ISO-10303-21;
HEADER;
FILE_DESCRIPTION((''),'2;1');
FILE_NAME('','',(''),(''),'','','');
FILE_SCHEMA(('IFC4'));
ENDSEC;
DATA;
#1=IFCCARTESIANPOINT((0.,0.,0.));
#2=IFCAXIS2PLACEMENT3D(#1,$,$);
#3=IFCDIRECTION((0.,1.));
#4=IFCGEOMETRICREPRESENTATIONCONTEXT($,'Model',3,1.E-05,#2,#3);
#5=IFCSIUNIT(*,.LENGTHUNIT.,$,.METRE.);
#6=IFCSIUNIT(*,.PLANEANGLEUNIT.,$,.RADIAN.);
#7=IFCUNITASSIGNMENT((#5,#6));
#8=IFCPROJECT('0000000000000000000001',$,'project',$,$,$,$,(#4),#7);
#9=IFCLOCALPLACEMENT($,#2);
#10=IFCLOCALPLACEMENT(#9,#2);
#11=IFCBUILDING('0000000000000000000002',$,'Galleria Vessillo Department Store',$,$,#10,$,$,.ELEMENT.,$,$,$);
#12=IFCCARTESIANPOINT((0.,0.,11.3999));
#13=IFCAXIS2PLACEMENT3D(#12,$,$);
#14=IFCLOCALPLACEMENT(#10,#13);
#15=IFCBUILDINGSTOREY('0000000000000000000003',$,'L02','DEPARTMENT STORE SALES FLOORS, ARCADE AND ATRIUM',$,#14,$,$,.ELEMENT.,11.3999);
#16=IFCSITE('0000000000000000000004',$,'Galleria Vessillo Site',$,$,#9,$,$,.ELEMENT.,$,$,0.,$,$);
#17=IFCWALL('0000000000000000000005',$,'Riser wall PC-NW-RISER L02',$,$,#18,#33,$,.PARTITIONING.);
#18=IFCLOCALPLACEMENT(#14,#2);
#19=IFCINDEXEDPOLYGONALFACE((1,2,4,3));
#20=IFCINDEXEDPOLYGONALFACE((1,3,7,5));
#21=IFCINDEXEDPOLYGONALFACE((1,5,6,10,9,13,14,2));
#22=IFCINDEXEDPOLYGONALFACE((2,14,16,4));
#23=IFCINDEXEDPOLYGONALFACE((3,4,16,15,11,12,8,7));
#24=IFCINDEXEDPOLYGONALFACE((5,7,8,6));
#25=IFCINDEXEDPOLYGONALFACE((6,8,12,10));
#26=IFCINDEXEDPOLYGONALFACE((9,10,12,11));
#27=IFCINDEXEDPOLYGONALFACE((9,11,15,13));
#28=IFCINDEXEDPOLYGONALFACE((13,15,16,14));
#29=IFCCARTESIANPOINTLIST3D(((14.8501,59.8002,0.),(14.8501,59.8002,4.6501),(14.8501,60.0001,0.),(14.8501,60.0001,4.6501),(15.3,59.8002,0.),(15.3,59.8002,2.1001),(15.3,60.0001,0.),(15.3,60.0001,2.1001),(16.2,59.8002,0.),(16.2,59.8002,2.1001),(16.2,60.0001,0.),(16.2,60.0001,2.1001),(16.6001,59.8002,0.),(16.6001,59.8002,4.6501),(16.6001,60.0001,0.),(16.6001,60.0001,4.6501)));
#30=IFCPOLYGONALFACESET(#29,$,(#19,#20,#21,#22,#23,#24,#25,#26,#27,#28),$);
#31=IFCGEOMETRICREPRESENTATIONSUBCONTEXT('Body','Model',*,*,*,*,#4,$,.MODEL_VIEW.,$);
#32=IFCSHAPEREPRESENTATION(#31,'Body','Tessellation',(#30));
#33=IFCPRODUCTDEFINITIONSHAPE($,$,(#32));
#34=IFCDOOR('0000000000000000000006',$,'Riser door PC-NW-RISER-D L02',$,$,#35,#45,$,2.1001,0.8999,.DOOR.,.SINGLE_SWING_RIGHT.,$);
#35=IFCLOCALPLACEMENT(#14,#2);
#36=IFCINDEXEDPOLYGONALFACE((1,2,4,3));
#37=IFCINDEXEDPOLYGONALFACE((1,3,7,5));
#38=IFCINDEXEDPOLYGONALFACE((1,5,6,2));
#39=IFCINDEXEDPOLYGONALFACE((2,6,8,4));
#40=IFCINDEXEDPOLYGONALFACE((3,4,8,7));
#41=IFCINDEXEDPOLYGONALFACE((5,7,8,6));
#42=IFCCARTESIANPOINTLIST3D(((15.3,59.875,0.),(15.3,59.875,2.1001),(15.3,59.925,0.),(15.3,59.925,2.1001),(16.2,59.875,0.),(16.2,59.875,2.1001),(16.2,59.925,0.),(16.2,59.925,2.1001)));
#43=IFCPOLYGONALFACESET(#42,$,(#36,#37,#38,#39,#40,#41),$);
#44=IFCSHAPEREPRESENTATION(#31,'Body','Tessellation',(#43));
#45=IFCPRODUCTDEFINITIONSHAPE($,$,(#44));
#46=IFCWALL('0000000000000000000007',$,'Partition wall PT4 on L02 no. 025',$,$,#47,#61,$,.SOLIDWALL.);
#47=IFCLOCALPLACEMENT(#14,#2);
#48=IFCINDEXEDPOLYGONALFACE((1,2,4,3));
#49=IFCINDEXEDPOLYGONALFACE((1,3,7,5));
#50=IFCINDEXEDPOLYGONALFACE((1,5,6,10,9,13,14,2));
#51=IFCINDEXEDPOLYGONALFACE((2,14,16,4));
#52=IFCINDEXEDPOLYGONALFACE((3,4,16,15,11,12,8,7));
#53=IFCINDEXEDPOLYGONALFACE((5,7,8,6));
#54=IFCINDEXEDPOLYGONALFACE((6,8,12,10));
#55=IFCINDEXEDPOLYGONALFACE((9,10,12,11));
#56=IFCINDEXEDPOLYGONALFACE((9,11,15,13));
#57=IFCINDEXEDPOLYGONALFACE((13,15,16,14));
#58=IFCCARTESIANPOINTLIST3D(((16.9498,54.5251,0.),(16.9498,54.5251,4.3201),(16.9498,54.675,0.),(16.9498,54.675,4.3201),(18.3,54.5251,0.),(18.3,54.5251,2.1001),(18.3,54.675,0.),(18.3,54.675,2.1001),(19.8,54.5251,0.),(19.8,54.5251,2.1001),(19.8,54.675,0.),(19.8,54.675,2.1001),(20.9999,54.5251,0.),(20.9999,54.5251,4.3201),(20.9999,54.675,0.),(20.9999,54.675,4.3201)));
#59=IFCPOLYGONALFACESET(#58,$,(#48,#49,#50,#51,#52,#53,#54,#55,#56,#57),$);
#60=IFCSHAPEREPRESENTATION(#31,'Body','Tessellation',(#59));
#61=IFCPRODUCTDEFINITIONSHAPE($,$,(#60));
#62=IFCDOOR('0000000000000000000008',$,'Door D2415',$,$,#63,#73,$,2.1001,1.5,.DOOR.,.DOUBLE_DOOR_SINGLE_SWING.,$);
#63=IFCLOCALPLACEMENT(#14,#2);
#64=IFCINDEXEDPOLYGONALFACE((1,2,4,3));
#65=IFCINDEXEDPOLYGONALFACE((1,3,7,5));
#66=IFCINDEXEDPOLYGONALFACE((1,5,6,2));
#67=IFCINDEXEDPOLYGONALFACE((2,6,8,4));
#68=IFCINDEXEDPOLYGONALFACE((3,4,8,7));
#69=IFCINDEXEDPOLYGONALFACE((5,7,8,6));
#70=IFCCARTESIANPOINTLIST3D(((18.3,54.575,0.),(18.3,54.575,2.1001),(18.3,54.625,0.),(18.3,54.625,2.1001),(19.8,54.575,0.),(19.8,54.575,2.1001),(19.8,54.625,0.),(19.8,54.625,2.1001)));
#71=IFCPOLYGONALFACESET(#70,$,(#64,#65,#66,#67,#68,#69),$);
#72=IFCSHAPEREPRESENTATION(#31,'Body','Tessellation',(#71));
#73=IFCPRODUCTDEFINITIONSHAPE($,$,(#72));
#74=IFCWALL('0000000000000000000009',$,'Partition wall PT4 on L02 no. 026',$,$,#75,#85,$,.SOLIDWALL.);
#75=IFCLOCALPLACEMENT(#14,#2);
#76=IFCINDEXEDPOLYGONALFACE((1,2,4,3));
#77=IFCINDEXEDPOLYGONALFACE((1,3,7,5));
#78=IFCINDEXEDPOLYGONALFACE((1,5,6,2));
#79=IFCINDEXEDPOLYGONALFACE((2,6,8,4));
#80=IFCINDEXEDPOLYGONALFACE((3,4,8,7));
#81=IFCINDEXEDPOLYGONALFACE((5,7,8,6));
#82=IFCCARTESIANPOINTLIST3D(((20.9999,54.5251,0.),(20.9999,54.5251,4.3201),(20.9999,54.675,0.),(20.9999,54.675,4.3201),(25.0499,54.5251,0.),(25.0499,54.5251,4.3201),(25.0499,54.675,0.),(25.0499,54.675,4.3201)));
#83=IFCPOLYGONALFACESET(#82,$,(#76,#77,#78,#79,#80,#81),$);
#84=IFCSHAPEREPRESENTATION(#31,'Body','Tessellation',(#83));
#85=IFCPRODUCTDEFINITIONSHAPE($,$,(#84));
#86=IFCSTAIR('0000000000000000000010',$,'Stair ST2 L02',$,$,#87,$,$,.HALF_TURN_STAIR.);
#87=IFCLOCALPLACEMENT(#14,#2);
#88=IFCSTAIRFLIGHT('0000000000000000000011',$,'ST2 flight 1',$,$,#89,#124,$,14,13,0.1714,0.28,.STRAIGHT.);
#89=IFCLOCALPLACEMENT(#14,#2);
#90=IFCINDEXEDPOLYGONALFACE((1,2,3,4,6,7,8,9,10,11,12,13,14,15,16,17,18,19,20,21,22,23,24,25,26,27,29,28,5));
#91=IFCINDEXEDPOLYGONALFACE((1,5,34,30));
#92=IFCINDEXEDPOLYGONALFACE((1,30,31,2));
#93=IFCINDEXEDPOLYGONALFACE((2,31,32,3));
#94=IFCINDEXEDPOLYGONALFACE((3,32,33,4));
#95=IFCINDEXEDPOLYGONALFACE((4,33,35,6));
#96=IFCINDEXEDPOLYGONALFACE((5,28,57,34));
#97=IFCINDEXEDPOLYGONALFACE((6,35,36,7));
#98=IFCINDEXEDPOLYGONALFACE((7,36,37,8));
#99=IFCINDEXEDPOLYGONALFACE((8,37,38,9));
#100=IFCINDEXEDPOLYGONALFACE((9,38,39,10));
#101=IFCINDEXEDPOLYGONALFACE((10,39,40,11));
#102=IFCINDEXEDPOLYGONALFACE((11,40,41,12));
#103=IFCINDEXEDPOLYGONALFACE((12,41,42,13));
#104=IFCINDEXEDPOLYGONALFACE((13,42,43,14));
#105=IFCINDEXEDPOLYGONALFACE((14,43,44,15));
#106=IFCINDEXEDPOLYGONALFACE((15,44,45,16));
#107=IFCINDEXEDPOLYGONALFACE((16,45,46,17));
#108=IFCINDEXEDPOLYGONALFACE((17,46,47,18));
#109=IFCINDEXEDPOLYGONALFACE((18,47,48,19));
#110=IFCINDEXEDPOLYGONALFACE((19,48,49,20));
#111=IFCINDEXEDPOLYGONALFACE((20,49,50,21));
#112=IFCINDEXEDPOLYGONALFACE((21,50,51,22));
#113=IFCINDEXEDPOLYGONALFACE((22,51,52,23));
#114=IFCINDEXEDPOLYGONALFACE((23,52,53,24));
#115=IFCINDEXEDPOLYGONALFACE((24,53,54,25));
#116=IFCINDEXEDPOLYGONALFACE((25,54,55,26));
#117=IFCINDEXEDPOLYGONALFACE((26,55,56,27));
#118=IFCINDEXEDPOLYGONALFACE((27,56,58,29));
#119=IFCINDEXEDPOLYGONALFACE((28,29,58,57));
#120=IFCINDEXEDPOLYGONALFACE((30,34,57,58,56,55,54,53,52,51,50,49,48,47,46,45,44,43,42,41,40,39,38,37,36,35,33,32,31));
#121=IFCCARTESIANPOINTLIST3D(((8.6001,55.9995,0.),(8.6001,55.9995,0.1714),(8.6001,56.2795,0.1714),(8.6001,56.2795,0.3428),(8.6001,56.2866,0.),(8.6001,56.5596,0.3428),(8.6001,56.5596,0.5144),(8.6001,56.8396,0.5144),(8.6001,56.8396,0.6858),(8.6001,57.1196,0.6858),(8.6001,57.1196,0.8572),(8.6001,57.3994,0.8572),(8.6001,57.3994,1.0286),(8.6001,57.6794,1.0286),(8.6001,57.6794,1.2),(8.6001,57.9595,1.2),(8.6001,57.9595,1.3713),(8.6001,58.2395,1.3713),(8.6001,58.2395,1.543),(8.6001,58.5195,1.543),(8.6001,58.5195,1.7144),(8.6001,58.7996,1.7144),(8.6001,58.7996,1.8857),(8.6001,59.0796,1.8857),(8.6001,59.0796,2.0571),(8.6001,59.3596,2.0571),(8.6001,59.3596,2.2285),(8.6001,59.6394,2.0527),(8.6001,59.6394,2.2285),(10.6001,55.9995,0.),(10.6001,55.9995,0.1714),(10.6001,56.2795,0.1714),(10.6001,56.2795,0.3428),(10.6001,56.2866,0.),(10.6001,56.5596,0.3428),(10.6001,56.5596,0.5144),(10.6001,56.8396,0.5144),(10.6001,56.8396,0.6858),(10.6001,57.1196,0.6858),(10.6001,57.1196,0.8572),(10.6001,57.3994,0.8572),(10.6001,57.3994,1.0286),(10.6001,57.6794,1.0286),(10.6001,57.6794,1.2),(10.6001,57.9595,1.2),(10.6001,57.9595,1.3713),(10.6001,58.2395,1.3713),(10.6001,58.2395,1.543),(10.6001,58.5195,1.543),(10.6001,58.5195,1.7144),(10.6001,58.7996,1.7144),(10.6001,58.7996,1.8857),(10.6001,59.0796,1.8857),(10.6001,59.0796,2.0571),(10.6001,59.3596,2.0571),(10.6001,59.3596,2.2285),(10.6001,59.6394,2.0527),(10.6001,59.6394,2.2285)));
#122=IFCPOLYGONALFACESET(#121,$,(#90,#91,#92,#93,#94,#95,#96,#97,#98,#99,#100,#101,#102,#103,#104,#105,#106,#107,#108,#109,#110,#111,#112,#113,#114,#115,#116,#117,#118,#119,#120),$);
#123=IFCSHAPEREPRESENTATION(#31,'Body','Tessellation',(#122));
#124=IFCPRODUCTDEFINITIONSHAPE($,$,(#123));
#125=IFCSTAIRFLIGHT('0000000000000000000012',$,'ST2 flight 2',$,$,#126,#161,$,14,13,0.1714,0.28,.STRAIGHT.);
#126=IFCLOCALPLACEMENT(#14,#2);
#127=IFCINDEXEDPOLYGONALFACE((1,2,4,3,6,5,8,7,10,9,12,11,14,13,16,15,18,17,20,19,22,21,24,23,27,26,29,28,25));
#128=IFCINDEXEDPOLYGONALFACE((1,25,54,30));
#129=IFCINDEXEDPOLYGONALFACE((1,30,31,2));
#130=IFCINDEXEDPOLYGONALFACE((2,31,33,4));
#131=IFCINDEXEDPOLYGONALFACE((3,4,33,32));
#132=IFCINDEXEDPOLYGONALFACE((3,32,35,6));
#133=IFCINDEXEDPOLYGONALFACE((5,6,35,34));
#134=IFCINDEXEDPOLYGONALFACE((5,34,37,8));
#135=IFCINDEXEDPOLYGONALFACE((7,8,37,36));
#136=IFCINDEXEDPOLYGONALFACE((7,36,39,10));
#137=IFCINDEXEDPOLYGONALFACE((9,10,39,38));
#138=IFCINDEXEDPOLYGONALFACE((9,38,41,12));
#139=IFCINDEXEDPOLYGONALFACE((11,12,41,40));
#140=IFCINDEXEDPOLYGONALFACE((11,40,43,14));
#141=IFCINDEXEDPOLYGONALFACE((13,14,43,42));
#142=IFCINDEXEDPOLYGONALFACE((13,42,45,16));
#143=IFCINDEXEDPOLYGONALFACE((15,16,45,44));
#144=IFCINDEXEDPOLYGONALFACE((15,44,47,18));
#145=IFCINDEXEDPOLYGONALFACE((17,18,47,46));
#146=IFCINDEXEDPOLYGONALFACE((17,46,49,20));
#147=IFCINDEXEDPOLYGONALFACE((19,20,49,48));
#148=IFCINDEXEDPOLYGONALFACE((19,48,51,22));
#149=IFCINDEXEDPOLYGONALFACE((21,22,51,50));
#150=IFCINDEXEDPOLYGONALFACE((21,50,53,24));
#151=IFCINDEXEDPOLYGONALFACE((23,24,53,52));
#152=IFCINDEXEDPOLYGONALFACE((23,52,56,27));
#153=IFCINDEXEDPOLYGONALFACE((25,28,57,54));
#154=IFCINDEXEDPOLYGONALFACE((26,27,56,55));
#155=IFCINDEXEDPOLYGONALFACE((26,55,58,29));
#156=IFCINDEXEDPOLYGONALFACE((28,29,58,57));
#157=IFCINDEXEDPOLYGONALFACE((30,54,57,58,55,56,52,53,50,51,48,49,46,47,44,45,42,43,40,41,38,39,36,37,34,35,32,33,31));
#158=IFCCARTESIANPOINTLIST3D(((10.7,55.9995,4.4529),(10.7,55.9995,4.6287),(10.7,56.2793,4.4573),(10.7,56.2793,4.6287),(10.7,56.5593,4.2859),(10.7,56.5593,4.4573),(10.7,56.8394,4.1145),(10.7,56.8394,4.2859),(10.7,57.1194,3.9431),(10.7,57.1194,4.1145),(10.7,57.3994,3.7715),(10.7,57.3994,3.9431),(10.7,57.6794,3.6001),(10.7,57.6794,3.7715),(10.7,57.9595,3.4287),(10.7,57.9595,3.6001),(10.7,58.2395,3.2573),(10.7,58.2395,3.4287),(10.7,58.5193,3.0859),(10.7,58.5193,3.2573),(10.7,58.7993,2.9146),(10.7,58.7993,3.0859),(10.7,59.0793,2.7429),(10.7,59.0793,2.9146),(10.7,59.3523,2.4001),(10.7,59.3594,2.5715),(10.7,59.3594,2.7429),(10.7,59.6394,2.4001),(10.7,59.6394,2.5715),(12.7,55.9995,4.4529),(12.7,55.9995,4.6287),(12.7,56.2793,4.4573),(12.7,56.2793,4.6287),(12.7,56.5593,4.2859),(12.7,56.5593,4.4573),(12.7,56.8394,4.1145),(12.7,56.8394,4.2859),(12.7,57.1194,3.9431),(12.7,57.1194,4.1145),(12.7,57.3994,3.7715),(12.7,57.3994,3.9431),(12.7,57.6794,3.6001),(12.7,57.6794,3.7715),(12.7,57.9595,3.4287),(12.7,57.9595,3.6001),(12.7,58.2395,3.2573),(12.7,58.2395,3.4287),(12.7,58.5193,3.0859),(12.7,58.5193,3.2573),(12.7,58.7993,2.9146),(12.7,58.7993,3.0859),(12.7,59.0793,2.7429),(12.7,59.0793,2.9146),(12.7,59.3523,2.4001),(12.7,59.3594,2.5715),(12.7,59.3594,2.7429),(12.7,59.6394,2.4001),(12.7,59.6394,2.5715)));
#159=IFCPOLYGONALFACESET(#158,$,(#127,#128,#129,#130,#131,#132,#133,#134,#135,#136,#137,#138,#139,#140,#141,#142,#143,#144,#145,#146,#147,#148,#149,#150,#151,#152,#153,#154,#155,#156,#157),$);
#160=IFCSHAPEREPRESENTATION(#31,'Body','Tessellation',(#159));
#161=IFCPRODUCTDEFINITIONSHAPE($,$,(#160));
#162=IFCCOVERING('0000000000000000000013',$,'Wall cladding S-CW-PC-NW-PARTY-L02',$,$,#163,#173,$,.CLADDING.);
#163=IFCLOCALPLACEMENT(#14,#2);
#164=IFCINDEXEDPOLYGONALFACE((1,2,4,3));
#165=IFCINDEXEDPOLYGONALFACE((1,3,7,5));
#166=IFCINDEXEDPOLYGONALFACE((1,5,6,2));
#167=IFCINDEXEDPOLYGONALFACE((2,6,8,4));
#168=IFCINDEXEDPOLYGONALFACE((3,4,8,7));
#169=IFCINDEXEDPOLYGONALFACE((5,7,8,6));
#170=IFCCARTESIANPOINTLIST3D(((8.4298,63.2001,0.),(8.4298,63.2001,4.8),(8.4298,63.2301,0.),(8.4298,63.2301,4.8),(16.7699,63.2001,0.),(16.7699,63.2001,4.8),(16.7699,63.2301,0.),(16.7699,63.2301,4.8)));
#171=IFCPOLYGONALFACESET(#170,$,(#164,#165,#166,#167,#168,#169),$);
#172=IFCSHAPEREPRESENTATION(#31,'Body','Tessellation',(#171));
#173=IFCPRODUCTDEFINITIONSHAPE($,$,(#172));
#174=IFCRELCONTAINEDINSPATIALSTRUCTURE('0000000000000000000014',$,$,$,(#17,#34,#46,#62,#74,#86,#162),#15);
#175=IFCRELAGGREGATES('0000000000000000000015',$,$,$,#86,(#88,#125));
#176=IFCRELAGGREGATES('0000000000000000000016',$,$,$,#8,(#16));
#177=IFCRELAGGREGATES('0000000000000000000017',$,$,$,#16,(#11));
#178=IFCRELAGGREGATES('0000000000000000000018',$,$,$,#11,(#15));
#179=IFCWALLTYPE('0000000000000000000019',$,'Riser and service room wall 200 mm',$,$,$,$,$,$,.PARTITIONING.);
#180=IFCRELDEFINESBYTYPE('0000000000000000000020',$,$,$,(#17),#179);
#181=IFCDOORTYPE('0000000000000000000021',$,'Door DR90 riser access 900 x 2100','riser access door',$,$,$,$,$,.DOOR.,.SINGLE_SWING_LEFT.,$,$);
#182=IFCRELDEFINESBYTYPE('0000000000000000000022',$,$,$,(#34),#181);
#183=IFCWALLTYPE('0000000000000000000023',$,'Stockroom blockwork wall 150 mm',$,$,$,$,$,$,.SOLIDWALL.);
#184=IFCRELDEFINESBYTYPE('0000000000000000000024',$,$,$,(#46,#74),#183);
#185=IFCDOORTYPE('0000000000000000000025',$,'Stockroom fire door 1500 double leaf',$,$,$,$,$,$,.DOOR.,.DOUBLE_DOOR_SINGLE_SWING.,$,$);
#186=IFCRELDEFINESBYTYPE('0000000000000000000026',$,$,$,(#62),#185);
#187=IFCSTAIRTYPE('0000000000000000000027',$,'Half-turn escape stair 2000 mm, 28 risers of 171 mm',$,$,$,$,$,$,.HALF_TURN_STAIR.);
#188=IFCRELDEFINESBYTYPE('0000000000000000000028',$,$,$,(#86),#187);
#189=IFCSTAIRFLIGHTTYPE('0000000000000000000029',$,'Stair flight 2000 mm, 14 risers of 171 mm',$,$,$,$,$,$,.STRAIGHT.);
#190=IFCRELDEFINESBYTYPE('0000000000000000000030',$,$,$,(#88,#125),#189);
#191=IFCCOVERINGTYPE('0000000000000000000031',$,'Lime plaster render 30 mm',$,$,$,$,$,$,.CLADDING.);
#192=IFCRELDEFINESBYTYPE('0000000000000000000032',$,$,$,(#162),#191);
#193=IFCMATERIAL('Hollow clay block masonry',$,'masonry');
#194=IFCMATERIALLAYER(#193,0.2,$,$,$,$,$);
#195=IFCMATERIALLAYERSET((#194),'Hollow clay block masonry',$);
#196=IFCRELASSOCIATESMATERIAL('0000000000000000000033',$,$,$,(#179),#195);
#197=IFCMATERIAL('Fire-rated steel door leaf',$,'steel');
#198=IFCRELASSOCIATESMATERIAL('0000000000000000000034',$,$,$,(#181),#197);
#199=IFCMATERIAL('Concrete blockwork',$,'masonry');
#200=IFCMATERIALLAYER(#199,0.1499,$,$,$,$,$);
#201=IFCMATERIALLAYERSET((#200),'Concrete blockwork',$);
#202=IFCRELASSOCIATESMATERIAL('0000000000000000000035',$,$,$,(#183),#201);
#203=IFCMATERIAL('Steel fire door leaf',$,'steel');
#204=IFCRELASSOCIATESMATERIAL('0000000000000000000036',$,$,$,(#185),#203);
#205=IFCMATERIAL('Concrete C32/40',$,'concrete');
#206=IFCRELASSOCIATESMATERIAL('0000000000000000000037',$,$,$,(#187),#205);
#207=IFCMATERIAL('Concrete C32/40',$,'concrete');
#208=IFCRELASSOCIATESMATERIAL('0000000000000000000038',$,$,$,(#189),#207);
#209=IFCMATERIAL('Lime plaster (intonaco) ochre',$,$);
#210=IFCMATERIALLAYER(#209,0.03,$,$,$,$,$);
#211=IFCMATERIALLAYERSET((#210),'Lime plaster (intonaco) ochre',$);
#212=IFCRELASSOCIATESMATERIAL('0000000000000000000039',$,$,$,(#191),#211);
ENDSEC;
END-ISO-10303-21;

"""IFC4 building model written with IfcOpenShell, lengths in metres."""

from ifc_helpers import new_model, si_unit, direction, frame, frame_2d, origin, origin_2d, place, context, subcontext, project, spatial, polyline, rectangle, outline, extrude, material, layer, layer_set, type_object, element, fill, aggregate, save


model = new_model("IFC4")

# Units and contexts
model_context = context("Model", 3, precision=1e-05, world=origin(), true_north=direction((0.0, 1.0)))
body_context = subcontext(model_context, "Body", "Model", "MODEL_VIEW")
ifc_project = project(units=[si_unit("LENGTHUNIT", "METRE"), si_unit("PLANEANGLEUNIT", "RADIAN")], contexts=[model_context])

# Site, building, storey
site_placement = place(None, origin())
site = spatial("IfcSite", under=ifc_project, at=site_placement, Name="Galleria Vessillo Site", CompositionType="ELEMENT", RefElevation=0.0)
building_placement = place(site_placement, origin())
building = spatial("IfcBuilding", under=site, at=building_placement, Name="Galleria Vessillo Department Store", CompositionType="ELEMENT")
storey_placement = place(building_placement, frame((0.0, 0.0, 11.3999)))
storey = spatial("IfcBuildingStorey", under=building, at=storey_placement, Name="L02", Description="DEPARTMENT STORE SALES FLOORS, ARCADE AND ATRIUM", CompositionType="ELEMENT", Elevation=11.3999)

# Walls, openings, doors
ifc_material_1 = material(Name="Hollow clay block masonry", Category="masonry")
ifc_layer_1 = layer(ifc_material_1, 0.2)
ifc_layer_set_1 = layer_set([ifc_layer_1], Name="Hollow clay block masonry")
wall_type_1 = type_object("IfcWallType", Name="Riser and service room wall 200 mm", PredefinedType="PARTITIONING", material=ifc_layer_set_1)
wall_1_placement = place(storey_placement, frame((14.8501, 59.9001, 0.0), z_axis=(0.0, 0.0, 1.0), x_axis=(1.0, 0.0, 0.0)))
wall_1 = element("IfcWall", 1, at=wall_1_placement, inside=storey, type_object=wall_type_1, Name="Riser wall PC-NW-RISER L02", PredefinedType="PARTITIONING", context=body_context, shape_type="SweptSolid", body=[
    extrude(rectangle(XDim=1.75, YDim=0.2, at=frame_2d((0.875, 0.0))), origin(), (0.0, 0.0, 1.0), 4.6501),
])
opening_1_placement = place(wall_1_placement, frame((0.45, 0.0, 0.0)))
opening_1 = element("IfcOpeningElement", 2, at=opening_1_placement, cuts=wall_1, PredefinedType="OPENING", context=body_context, shape_type="SweptSolid", body=[
    extrude(rectangle(XDim=0.8999, YDim=2.1001, at=frame_2d((0.45, 1.05))), frame((0.0, 0.1099, 0.0), z_axis=(0.0, -1.0, 0.0), x_axis=(1.0, 0.0, 0.0)), (0.0, 0.0, 1.0), 0.22),
])
ifc_material_2 = material(Name="Fire-rated steel door leaf", Category="steel")
door_type_1 = type_object("IfcDoorType", Name="Door DR90 riser access 900 x 2100", Description="riser access door", OperationType="SINGLE_SWING_LEFT", PredefinedType="DOOR", material=ifc_material_2)
door_1_placement = place(opening_1_placement, origin())
door_1 = element("IfcDoor", 3, at=door_1_placement, inside=storey, type_object=door_type_1, Name="Riser door PC-NW-RISER-D L02", OperationType="SINGLE_SWING_RIGHT", OverallHeight=2.1001, OverallWidth=0.8999, PredefinedType="DOOR", context=body_context, shape_type="SweptSolid", body=[
    extrude(rectangle(XDim=0.8999, YDim=2.1001, at=frame_2d((0.45, 1.05))), frame((0.0, 0.0249, 0.0), z_axis=(0.0, -1.0, 0.0), x_axis=(1.0, 0.0, 0.0)), (0.0, 0.0, 1.0), 0.05),
])
fill(opening_1, door_1)
ifc_material_3 = material(Name="Concrete blockwork", Category="masonry")
ifc_layer_2 = layer(ifc_material_3, 0.1499)
ifc_layer_set_2 = layer_set([ifc_layer_2], Name="Concrete blockwork")
wall_type_2 = type_object("IfcWallType", Name="Stockroom blockwork wall 150 mm", PredefinedType="SOLIDWALL", material=ifc_layer_set_2)
wall_2_placement = place(storey_placement, frame((16.95, 54.6001, 0.0), z_axis=(0.0, 0.0, 1.0), x_axis=(1.0, 0.0, 0.0)))
wall_2 = element("IfcWall", 4, at=wall_2_placement, inside=storey, type_object=wall_type_2, Name="Partition wall PT4 on L02 no. 025", PredefinedType="SOLIDWALL", context=body_context, shape_type="SweptSolid", body=[
    extrude(rectangle(XDim=4.05, YDim=0.1499, at=frame_2d((2.0249, 0.0))), origin(), (0.0, 0.0, 1.0), 4.3201),
])
opening_2_placement = place(wall_2_placement, frame((1.3501, 0.0, 0.0)))
opening_2 = element("IfcOpeningElement", 5, at=opening_2_placement, cuts=wall_2, PredefinedType="OPENING", context=body_context, shape_type="SweptSolid", body=[
    extrude(rectangle(XDim=1.5, YDim=2.1001, at=frame_2d((0.75, 1.05))), frame((0.0, 0.085, 0.0), z_axis=(0.0, -1.0, 0.0), x_axis=(1.0, 0.0, 0.0)), (0.0, 0.0, 1.0), 0.1699),
])
ifc_material_4 = material(Name="Steel fire door leaf", Category="steel")
door_type_2 = type_object("IfcDoorType", Name="Stockroom fire door 1500 double leaf", OperationType="DOUBLE_DOOR_SINGLE_SWING", PredefinedType="DOOR", material=ifc_material_4)
door_2_placement = place(opening_2_placement, origin())
door_2 = element("IfcDoor", 6, at=door_2_placement, inside=storey, type_object=door_type_2, Name="Door D2415", OperationType="DOUBLE_DOOR_SINGLE_SWING", OverallHeight=2.1001, OverallWidth=1.5, PredefinedType="DOOR", context=body_context, shape_type="SweptSolid", body=[
    extrude(rectangle(XDim=1.5, YDim=2.1001, at=frame_2d((0.75, 1.05))), frame((0.0, 0.0249, 0.0), z_axis=(0.0, -1.0, 0.0), x_axis=(1.0, 0.0, 0.0)), (0.0, 0.0, 1.0), 0.05),
])
fill(opening_2, door_2)

# Wall
wall_3_placement = place(storey_placement, frame((21.0, 54.6001, 0.0), z_axis=(0.0, 0.0, 1.0), x_axis=(1.0, 0.0, 0.0)))
element("IfcWall", 7, at=wall_3_placement, inside=storey, type_object=wall_type_2, Name="Partition wall PT4 on L02 no. 026", PredefinedType="SOLIDWALL", context=body_context, shape_type="SweptSolid", body=[
    extrude(rectangle(XDim=4.05, YDim=0.1499, at=frame_2d((2.0249, 0.0))), origin(), (0.0, 0.0, 1.0), 4.3201),
])

# Stair, stair flights
ifc_material_5 = material(Name="Concrete C32/40", Category="concrete")
stair_type = type_object("IfcStairType", Name="Half-turn escape stair 2000 mm, 28 risers of 171 mm", PredefinedType="HALF_TURN_STAIR", material=ifc_material_5)
stair_placement = place(storey_placement, origin())
stair = element("IfcStair", 8, at=stair_placement, inside=storey, type_object=stair_type, Name="Stair ST2 L02", PredefinedType="HALF_TURN_STAIR")
ifc_material_6 = material(Name="Concrete C32/40", Category="concrete")
stair_flight_type = type_object("IfcStairFlightType", Name="Stair flight 2000 mm, 14 risers of 171 mm", PredefinedType="STRAIGHT", material=ifc_material_6)
stair_flight_1_placement = place(storey_placement, frame((9.6001, 55.9995, 0.0), z_axis=(0.0, 0.0, 1.0), x_axis=(0.0, 1.0, 0.0)))
stair_flight_1 = element("IfcStairFlight", 9, at=stair_flight_1_placement, type_object=stair_flight_type, Name="ST2 flight 1", NumberOfRisers=14, NumberOfTreads=13, PredefinedType="STRAIGHT", RiserHeight=0.1714, TreadLength=0.28, context=body_context, shape_type="SweptSolid", body=[
    extrude(outline(polyline([(0.0, 0.0), (0.0, 0.1714), (0.28, 0.1714), (0.28, 0.3428), (0.5601, 0.3428), (0.5601, 0.5144), (0.8401, 0.5144), (0.8401, 0.6858), (1.1201, 0.6858), (1.1201, 0.8572), (1.3999, 0.8572), (1.3999, 1.0286), (1.6799, 1.0286), (1.6799, 1.2), (1.96, 1.2), (1.96, 1.3713), (2.24, 1.3713), (2.24, 1.543), (2.52, 1.543), (2.52, 1.7144), (2.8, 1.7144), (2.8, 1.8857), (3.0801, 1.8857), (3.0801, 2.0571), (3.3601, 2.0571), (3.3601, 2.2285), (3.6399, 2.2285), (3.6399, 2.3999), (3.6399, 2.0527), (0.2871, 0.0), (0.0, 0.0)])), frame((0.0, 1.0, 0.0), z_axis=(0.0, -1.0, 0.0), x_axis=(1.0, 0.0, 0.0)), (0.0, 0.0, 1.0), 2.0),
])
stair_flight_2_placement = place(storey_placement, frame((11.7, 59.6394, 2.4001), z_axis=(0.0, 0.0, 1.0), x_axis=(0.0, -1.0, 0.0)))
stair_flight_2 = element("IfcStairFlight", 10, at=stair_flight_2_placement, type_object=stair_flight_type, Name="ST2 flight 2", NumberOfRisers=14, NumberOfTreads=13, PredefinedType="STRAIGHT", RiserHeight=0.1714, TreadLength=0.28, context=body_context, shape_type="SweptSolid", body=[
    extrude(outline(polyline([(0.0, 0.0), (0.0, 0.1714), (0.28, 0.1714), (0.28, 0.3428), (0.5601, 0.3428), (0.5601, 0.5144), (0.8401, 0.5144), (0.8401, 0.6858), (1.1201, 0.6858), (1.1201, 0.8572), (1.3999, 0.8572), (1.3999, 1.0286), (1.6799, 1.0286), (1.6799, 1.2), (1.96, 1.2), (1.96, 1.3713), (2.24, 1.3713), (2.24, 1.543), (2.52, 1.543), (2.52, 1.7144), (2.8, 1.7144), (2.8, 1.8857), (3.0801, 1.8857), (3.0801, 2.0571), (3.3601, 2.0571), (3.3601, 2.2285), (3.6399, 2.2285), (3.6399, 2.3999), (3.6399, 2.0527), (0.2871, 0.0), (0.0, 0.0)])), frame((0.0, 1.0, 0.0), z_axis=(0.0, -1.0, 0.0), x_axis=(1.0, 0.0, 0.0)), (0.0, 0.0, 1.0), 2.0),
])
aggregate(stair, [stair_flight_1, stair_flight_2])

# Covering
ifc_material_7 = material(Name="Lime plaster (intonaco) ochre")
ifc_layer_3 = layer(ifc_material_7, 0.03)
ifc_layer_set_3 = layer_set([ifc_layer_3], Name="Lime plaster (intonaco) ochre")
covering_type = type_object("IfcCoveringType", Name="Lime plaster render 30 mm", PredefinedType="CLADDING", material=ifc_layer_set_3)
for number, where, z_axis, x_axis, name in (
    (11, (12.5999, 63.2151, 0.0), (0.0, 0.0, 1.0), (1.0, 0.0, 0.0), "Wall cladding S-CW-PC-NW-PARTY-L02"),
):
    element("IfcCovering", number, at=place(storey_placement, frame(where, z_axis=z_axis, x_axis=x_axis)), inside=storey, type_object=covering_type, Name=name, PredefinedType="CLADDING", context=body_context, shape_type="SweptSolid", body=[
        extrude(rectangle(XDim=8.3401, YDim=0.03, at=origin_2d()), origin(), (0.0, 0.0, 1.0), 4.8),
    ])

save(model, "model.ifc")
